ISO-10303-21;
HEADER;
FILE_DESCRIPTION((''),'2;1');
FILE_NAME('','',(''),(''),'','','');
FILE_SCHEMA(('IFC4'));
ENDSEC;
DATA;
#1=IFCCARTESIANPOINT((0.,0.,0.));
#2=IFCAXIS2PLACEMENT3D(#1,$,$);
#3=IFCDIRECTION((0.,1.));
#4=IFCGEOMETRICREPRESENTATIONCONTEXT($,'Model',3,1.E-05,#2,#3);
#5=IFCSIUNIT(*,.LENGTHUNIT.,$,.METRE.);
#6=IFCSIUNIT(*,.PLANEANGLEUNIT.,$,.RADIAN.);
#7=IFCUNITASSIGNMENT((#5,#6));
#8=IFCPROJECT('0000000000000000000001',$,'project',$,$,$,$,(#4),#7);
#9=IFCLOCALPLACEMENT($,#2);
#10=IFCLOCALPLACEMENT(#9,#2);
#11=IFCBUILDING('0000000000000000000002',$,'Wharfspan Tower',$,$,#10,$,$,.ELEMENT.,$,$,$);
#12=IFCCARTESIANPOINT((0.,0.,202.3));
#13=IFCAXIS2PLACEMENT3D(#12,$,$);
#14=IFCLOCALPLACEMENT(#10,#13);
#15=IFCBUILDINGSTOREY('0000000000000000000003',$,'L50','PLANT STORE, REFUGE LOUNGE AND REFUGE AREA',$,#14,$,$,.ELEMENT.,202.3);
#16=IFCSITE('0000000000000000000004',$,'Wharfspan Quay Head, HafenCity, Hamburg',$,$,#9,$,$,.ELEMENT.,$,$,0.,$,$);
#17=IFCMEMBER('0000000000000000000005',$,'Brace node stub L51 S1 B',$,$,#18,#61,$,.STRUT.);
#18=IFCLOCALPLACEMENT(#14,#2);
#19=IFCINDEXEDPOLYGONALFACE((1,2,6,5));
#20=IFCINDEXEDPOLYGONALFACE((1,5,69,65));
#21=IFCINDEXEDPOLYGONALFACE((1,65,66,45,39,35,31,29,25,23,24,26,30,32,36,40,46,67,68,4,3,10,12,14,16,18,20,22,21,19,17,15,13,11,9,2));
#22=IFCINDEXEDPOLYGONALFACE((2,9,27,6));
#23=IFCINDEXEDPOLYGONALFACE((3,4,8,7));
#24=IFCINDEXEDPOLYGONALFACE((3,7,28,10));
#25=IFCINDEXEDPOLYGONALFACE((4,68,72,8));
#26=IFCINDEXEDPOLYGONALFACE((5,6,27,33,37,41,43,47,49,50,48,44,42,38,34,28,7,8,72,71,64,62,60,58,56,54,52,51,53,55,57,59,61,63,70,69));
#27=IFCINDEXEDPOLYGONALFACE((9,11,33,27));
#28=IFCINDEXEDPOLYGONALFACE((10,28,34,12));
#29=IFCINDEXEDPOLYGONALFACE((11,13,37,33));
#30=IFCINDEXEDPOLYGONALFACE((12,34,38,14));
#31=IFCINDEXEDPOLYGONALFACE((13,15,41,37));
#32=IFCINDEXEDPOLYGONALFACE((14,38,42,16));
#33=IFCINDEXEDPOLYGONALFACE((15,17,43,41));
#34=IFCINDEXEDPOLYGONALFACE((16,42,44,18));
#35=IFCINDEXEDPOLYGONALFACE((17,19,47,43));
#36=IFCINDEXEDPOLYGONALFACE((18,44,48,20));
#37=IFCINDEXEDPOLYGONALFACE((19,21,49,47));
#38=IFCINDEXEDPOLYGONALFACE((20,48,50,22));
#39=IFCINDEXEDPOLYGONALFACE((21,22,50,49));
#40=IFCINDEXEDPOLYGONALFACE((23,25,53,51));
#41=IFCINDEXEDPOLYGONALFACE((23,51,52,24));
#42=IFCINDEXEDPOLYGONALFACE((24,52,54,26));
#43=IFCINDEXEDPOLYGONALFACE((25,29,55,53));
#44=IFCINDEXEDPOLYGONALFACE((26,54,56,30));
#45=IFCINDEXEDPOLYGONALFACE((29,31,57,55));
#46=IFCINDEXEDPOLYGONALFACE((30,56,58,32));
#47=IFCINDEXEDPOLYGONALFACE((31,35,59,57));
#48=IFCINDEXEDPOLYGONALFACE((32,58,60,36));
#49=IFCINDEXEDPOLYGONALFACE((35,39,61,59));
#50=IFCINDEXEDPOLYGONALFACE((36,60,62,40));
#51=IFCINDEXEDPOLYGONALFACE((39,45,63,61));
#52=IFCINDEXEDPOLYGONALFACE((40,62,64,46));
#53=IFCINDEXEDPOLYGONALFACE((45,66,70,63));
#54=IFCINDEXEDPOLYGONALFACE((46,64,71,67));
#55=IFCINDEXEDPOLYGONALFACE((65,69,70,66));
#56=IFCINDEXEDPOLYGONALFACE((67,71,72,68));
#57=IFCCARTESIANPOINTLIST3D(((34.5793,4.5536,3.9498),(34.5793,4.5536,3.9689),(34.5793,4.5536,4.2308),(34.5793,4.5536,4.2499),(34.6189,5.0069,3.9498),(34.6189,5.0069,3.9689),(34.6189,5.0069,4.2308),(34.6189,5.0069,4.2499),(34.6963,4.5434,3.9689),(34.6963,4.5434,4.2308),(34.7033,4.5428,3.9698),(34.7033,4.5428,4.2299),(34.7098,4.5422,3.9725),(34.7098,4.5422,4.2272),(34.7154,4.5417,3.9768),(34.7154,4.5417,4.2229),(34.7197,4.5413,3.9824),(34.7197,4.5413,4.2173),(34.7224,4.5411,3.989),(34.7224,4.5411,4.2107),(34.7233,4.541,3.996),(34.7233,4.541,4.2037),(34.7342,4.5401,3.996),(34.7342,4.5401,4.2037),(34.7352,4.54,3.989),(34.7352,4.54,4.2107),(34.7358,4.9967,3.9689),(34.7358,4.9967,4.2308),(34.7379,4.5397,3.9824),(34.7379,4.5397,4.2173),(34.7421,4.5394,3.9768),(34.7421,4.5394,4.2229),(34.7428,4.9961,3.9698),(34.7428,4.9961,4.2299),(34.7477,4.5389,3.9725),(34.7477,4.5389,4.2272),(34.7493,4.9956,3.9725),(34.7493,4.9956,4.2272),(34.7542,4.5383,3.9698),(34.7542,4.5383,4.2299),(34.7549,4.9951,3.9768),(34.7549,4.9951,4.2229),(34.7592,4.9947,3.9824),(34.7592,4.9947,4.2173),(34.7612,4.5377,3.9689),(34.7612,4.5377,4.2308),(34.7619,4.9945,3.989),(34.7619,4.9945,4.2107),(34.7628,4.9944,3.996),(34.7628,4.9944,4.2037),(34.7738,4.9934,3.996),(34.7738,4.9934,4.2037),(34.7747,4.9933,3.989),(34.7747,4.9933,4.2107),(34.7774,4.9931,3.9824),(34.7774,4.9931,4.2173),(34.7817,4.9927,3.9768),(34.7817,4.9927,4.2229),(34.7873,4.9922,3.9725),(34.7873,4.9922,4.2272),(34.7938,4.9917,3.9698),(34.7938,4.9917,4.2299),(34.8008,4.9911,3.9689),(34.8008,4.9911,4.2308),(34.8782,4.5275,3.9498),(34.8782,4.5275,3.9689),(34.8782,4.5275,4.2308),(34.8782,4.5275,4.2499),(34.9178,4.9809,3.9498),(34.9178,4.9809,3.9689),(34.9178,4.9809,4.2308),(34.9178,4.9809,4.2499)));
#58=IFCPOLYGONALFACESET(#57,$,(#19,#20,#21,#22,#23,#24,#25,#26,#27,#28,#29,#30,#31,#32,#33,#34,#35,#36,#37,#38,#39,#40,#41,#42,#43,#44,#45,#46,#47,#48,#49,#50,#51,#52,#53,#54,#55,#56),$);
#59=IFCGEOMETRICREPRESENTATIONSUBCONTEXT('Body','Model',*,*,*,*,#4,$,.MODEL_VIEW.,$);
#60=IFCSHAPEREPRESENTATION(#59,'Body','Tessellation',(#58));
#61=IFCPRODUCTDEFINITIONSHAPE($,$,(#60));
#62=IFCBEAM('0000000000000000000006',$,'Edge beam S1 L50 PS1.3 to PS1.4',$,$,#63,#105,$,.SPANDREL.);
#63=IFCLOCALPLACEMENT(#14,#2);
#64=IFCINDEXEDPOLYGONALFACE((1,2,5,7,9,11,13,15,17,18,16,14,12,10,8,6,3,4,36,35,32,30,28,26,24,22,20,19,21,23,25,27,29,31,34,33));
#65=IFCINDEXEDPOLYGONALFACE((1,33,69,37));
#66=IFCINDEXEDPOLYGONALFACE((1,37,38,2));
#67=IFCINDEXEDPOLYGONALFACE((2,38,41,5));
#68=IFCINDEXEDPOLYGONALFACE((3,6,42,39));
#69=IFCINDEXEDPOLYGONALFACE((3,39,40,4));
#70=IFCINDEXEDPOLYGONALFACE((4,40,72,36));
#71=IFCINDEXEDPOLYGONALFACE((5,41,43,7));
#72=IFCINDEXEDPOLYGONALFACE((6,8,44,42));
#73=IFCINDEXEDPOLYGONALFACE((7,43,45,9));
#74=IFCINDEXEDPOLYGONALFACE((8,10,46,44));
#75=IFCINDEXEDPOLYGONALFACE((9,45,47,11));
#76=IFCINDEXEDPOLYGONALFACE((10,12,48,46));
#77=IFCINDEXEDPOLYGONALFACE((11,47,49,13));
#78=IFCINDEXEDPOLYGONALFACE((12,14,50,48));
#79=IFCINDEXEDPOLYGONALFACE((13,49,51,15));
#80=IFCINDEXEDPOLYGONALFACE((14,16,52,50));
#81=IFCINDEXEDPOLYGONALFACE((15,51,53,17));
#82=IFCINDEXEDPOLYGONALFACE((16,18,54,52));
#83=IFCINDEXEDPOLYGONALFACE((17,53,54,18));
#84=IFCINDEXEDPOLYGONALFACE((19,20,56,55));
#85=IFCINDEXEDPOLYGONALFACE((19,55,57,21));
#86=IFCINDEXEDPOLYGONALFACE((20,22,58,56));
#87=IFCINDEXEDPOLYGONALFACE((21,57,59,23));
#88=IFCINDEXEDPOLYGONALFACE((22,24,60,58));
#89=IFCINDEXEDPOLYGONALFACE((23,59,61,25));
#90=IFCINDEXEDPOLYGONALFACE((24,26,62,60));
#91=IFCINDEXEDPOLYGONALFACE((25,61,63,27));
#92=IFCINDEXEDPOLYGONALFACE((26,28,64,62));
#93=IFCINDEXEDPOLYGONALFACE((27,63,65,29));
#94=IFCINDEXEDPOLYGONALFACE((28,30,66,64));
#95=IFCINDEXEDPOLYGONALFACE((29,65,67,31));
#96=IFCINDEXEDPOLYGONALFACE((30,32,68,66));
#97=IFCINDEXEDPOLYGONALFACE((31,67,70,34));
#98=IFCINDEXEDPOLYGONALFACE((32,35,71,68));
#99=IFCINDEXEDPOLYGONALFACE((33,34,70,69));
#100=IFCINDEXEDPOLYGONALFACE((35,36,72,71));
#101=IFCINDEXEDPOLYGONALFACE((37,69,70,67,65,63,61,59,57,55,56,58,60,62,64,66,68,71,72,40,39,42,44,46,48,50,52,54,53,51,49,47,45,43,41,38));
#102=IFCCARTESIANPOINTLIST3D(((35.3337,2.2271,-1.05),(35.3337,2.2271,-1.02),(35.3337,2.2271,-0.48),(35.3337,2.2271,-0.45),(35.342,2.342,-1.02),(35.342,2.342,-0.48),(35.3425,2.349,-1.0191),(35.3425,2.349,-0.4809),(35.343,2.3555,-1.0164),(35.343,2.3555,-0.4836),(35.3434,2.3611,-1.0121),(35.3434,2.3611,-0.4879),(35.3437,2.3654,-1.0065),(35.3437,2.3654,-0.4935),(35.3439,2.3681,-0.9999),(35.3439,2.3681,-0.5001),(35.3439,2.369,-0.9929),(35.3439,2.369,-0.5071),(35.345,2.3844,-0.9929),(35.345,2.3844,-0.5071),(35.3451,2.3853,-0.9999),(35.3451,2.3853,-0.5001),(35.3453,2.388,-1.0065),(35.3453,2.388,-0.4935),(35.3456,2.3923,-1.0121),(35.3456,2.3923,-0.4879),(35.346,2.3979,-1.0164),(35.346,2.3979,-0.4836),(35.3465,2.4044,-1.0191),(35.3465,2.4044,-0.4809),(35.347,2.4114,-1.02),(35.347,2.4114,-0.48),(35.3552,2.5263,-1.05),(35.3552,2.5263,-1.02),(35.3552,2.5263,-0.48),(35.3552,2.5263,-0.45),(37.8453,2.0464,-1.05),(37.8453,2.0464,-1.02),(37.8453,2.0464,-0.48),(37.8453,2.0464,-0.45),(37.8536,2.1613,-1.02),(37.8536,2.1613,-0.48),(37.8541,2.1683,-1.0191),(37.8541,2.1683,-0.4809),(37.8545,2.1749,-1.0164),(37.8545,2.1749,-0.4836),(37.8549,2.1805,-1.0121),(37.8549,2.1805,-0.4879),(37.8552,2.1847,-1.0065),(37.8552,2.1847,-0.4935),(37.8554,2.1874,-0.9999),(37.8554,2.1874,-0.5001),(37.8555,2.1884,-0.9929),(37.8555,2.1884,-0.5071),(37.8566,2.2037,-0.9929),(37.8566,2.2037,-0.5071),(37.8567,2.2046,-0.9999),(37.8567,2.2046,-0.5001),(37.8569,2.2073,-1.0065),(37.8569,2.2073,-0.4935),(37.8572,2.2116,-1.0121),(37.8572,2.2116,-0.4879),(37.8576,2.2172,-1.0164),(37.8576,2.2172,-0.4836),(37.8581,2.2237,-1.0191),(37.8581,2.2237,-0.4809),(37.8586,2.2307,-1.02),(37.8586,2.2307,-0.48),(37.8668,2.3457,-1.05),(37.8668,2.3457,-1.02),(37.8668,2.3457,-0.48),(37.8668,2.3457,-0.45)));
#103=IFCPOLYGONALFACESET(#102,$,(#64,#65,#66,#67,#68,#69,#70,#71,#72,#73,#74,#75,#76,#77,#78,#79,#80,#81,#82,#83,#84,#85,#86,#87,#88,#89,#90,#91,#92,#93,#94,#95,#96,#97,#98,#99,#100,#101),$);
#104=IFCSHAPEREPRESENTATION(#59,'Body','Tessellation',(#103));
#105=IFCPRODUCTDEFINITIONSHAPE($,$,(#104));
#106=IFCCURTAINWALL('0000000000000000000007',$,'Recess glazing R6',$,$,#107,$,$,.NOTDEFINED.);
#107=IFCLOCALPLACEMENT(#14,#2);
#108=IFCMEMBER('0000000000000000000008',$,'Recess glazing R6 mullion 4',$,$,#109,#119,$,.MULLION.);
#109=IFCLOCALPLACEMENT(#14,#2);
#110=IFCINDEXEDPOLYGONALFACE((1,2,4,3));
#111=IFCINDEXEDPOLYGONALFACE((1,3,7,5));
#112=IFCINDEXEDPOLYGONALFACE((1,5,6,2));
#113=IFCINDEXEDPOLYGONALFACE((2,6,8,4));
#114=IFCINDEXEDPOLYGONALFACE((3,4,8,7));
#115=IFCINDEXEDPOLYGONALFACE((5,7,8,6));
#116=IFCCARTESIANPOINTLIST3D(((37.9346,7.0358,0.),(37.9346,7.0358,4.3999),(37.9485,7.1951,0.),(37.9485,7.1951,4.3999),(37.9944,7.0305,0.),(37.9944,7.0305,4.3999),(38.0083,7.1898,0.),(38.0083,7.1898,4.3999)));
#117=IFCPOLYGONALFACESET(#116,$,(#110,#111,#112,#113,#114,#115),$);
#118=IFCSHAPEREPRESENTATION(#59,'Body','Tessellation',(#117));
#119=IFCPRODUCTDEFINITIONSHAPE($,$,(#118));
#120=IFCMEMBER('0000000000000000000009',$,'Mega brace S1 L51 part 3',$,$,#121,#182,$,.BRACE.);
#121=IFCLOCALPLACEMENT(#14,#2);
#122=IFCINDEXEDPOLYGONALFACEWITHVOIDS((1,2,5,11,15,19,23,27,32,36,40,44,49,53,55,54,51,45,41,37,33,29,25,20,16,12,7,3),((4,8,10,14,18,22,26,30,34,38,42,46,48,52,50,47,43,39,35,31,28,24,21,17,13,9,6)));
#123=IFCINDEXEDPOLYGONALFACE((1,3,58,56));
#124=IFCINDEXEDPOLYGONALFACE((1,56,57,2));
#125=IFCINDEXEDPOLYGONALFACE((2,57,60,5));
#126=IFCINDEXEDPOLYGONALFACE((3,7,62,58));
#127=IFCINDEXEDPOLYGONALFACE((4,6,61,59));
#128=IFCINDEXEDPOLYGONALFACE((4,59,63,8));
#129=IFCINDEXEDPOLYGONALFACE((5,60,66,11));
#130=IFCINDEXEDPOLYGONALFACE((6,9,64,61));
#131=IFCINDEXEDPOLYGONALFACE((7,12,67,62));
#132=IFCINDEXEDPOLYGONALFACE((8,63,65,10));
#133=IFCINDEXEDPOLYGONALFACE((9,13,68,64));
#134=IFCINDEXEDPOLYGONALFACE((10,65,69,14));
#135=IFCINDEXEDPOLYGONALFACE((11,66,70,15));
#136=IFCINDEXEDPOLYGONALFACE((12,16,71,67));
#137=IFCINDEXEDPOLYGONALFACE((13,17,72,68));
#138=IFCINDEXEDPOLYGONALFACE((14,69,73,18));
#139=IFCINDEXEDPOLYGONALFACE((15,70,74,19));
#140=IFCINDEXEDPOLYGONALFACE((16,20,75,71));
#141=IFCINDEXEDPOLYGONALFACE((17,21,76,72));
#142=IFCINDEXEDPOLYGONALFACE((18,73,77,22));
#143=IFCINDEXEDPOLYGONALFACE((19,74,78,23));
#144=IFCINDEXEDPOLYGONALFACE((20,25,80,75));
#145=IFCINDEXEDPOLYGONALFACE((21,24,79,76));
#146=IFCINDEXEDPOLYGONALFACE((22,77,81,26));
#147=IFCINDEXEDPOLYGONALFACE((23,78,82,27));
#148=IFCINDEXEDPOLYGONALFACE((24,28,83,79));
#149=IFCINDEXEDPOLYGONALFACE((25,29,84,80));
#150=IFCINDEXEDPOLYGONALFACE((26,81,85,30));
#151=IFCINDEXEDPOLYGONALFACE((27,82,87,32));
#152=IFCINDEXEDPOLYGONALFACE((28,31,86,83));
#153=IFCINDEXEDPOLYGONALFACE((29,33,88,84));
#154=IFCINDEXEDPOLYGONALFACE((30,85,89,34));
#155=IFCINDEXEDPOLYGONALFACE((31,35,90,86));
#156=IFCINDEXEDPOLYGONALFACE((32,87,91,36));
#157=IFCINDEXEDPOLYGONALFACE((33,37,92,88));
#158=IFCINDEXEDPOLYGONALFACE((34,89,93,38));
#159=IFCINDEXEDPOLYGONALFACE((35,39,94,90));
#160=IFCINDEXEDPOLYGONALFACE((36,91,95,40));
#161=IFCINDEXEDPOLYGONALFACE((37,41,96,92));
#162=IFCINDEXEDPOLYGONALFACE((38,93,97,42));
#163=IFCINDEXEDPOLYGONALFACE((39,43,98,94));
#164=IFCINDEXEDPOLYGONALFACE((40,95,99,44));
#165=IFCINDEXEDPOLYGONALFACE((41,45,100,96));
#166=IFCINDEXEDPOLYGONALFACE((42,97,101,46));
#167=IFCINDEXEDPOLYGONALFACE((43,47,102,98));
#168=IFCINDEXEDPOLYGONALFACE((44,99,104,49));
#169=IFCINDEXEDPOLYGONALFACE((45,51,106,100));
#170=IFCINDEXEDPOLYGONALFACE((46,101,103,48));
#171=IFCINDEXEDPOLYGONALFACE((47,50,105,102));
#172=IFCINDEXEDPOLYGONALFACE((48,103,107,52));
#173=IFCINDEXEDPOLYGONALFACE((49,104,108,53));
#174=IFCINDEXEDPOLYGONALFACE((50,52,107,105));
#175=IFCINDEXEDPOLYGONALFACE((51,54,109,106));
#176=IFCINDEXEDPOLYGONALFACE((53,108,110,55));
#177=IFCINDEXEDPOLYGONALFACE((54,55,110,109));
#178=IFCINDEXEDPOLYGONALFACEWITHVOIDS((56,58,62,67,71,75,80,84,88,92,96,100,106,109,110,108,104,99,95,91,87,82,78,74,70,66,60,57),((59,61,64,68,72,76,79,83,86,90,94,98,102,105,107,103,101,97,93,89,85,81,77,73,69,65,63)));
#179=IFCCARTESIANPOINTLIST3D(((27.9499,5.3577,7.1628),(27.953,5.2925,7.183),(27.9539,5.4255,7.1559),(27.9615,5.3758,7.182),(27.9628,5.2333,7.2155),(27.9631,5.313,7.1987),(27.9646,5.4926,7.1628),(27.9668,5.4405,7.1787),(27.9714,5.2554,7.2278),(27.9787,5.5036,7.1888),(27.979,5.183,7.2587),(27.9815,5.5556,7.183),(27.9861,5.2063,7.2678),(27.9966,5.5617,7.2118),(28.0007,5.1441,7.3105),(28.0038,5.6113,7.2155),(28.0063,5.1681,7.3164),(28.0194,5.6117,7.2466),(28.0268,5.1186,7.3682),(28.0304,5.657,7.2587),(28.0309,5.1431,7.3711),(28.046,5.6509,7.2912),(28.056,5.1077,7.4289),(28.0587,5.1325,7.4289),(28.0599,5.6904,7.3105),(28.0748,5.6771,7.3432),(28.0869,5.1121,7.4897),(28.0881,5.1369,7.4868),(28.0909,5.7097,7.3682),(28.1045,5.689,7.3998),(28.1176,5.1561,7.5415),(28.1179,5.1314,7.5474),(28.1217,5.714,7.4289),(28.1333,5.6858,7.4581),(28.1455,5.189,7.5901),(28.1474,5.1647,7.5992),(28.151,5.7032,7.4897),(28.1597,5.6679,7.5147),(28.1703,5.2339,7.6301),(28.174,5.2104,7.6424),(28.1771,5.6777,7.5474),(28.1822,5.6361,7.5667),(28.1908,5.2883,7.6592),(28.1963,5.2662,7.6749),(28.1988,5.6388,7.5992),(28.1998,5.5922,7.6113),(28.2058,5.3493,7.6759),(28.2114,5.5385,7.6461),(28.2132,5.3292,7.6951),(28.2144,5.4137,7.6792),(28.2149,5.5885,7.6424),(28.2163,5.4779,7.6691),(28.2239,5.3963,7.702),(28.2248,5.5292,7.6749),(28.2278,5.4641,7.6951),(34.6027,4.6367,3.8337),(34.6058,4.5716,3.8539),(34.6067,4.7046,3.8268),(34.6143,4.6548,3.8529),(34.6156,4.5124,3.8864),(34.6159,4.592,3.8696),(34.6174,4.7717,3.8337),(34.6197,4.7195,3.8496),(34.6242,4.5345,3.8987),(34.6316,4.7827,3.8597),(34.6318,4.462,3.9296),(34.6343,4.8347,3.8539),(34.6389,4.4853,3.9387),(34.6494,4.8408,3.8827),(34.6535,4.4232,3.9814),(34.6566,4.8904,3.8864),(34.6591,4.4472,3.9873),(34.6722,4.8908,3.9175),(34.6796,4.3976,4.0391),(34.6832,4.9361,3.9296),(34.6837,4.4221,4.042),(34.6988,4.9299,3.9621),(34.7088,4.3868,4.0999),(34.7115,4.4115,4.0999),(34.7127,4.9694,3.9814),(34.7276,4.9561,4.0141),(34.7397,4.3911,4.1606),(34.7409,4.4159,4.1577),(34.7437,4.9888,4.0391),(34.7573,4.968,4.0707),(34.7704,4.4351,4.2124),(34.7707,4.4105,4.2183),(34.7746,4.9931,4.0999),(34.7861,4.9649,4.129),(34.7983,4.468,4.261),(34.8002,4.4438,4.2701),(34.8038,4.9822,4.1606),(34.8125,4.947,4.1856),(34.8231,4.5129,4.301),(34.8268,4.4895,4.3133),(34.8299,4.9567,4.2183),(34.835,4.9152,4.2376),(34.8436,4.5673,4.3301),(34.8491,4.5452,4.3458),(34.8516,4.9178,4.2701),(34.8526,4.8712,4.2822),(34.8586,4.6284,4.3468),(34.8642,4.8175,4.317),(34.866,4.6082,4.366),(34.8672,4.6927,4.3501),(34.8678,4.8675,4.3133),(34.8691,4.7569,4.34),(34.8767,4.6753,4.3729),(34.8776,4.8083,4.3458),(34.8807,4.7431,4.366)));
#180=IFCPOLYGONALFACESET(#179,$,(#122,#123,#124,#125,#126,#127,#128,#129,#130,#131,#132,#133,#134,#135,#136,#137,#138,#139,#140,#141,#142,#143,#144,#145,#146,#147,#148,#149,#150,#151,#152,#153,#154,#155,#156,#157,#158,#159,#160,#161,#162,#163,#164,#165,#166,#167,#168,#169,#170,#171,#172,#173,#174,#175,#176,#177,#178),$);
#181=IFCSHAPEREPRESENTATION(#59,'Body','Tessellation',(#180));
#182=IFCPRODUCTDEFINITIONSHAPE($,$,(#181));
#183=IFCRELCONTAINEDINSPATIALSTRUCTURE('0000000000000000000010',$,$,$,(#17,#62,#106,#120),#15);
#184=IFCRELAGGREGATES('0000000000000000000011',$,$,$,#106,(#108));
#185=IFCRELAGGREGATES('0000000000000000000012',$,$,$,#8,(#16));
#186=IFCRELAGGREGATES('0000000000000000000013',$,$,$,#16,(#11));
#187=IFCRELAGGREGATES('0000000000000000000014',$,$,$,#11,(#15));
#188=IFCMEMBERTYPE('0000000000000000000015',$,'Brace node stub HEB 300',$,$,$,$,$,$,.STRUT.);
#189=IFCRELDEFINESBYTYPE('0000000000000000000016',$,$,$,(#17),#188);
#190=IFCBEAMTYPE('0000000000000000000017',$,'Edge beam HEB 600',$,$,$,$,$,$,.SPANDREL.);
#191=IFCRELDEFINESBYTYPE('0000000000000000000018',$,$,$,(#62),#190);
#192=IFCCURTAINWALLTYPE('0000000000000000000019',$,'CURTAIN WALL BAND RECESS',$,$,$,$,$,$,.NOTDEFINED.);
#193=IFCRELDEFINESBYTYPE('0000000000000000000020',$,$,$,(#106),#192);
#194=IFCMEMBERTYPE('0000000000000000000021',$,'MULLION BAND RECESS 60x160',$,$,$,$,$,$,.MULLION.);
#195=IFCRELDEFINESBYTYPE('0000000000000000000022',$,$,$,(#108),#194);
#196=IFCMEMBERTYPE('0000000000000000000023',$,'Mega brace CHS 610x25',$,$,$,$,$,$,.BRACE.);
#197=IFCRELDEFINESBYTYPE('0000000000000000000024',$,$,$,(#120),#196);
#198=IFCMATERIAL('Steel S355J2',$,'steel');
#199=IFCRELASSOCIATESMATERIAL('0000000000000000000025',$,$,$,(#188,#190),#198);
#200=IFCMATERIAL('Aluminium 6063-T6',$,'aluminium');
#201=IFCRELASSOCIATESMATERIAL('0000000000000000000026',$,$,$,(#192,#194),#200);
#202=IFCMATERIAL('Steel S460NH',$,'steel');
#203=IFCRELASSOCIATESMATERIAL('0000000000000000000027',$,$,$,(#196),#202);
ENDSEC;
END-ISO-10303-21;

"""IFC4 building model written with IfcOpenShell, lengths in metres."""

from ifc_helpers import new_model, si_unit, direction, frame, origin, origin_2d, place, context, subcontext, project, spatial, rectangle, hollow_circle, i_section, extrude, material, material_profile, profile_set, type_object, element, aggregate, save


model = new_model("IFC4")

# Units and contexts
model_context = context("Model", 3, precision=1e-05, world=origin(), true_north=direction((0.0, 1.0)))
body_context = subcontext(model_context, "Body", "Model", "MODEL_VIEW")
ifc_project = project(units=[si_unit("LENGTHUNIT", "METRE"), si_unit("PLANEANGLEUNIT", "RADIAN")], contexts=[model_context])

# Site, building, storey
site_placement = place(None, origin())
site = spatial("IfcSite", under=ifc_project, at=site_placement, Name="Wharfspan Quay Head, HafenCity, Hamburg", CompositionType="ELEMENT", RefElevation=0.0)
building_placement = place(site_placement, origin())
building = spatial("IfcBuilding", under=site, at=building_placement, Name="Wharfspan Tower", CompositionType="ELEMENT")
storey_placement = place(building_placement, frame((0.0, 0.0, 202.3)))
storey = spatial("IfcBuildingStorey", under=building, at=storey_placement, Name="L50", Description="PLANT STORE, REFUGE LOUNGE AND REFUGE AREA", CompositionType="ELEMENT", Elevation=202.3)

# Shared definitions
ifc_material_1 = material(Name="Steel S355J2", Category="steel")

# Member
ifc_material_profile_1 = material_profile(ifc_material_1, i_section(OverallWidth=0.3, OverallDepth=0.3, WebThickness=0.011, FlangeThickness=0.019, FilletRadius=0.0271, at=origin_2d()))
ifc_profile_set_1 = profile_set([ifc_material_profile_1], Name="Steel S355J2")
member_type_1 = type_object("IfcMemberType", Name="Brace node stub HEB 300", PredefinedType="STRUT", material=ifc_profile_set_1)
member_1_placement = place(storey_placement, frame((34.7683, 4.9939, 4.0999), z_axis=(-0.086907, -0.996216, 0.0), x_axis=(0.996216, -0.086907, 0.0)))
element("IfcMember", 1, at=member_1_placement, inside=storey, type_object=member_type_1, Name="Brace node stub L51 S1 B", PredefinedType="STRUT", context=body_context, shape_type="SweptSolid", body=[
    extrude(i_section(OverallWidth=0.3, OverallDepth=0.3, WebThickness=0.011, FlangeThickness=0.019, FilletRadius=0.0271, at=origin_2d()), origin(), (0.0, 0.0, 1.0), 0.4551),
])

# Beam
ifc_material_profile_2 = material_profile(ifc_material_1, i_section(OverallWidth=0.3, OverallDepth=0.6001, WebThickness=0.0154, FlangeThickness=0.03, FilletRadius=0.0271, at=origin_2d()))
ifc_profile_set_2 = profile_set([ifc_material_profile_2], Name="Steel S355J2")
beam_type = type_object("IfcBeamType", Name="Edge beam HEB 600", PredefinedType="SPANDREL", material=ifc_profile_set_2)
beam_placement = place(storey_placement, frame((35.3445, 2.3767, -0.75), z_axis=(0.997423, -0.07175, 0.0), x_axis=(0.07175, 0.997423, 0.0)))
element("IfcBeam", 2, at=beam_placement, inside=storey, type_object=beam_type, Name="Edge beam S1 L50 PS1.3 to PS1.4", PredefinedType="SPANDREL", context=body_context, shape_type="SweptSolid", body=[
    extrude(i_section(OverallWidth=0.3, OverallDepth=0.6001, WebThickness=0.0154, FlangeThickness=0.03, FilletRadius=0.0271, at=origin_2d()), origin(), (0.0, 0.0, 1.0), 2.5181),
])

# Curtain wall, member
ifc_material_2 = material(Name="Aluminium 6063-T6", Category="aluminium")
curtain_wall_type = type_object("IfcCurtainWallType", Name="CURTAIN WALL BAND RECESS", PredefinedType="NOTDEFINED", material=ifc_material_2)
curtain_wall_placement = place(storey_placement, origin())
curtain_wall = element("IfcCurtainWall", 3, at=curtain_wall_placement, inside=storey, type_object=curtain_wall_type, Name="Recess glazing R6", PredefinedType="NOTDEFINED")
ifc_material_profile_3 = material_profile(ifc_material_2, rectangle(XDim=0.1599, YDim=0.0601, at=origin_2d()))
ifc_profile_set_3 = profile_set([ifc_material_profile_3], Name="Aluminium 6063-T6")
member_type_2 = type_object("IfcMemberType", Name="MULLION BAND RECESS 60x160", PredefinedType="MULLION", material=ifc_profile_set_3)
member_2_placement = place(storey_placement, frame((37.9714, 7.1128, 0.0), z_axis=(0.0, 0.0, 1.0), x_axis=(-0.087156, -0.996198, 0.0)))
member_2 = element("IfcMember", 4, at=member_2_placement, type_object=member_type_2, Name="Recess glazing R6 mullion 4", PredefinedType="MULLION", context=body_context, shape_type="SweptSolid", body=[
    extrude(rectangle(XDim=0.1599, YDim=0.0601, at=origin_2d()), origin(), (0.0, 0.0, 1.0), 4.3999),
])

# Member
ifc_material_3 = material(Name="Steel S460NH", Category="steel")
ifc_material_profile_4 = material_profile(ifc_material_3, hollow_circle(Radius=0.3049, WallThickness=0.0249, at=origin_2d()))
ifc_profile_set_4 = profile_set([ifc_material_profile_4], Name="Steel S460NH")
member_type_3 = type_object("IfcMemberType", Name="Mega brace CHS 610x25", PredefinedType="BRACE", material=ifc_profile_set_4)
member_3_placement = place(storey_placement, frame((34.7417, 4.6899, 4.0999), z_axis=(-0.890113, 0.096459, 0.445416), x_axis=(-0.107734, -0.994176, 0.000004)))
element("IfcMember", 5, at=member_3_placement, inside=storey, type_object=member_type_3, Name="Mega brace S1 L51 part 3", PredefinedType="BRACE", context=body_context, shape_type="SweptSolid", body=[
    extrude(hollow_circle(Radius=0.3049, WallThickness=0.0249, at=origin_2d()), origin(), (0.0, 0.0, 1.0), 7.4741),
])

aggregate(curtain_wall, [member_2])

save(model, "model.ifc")
